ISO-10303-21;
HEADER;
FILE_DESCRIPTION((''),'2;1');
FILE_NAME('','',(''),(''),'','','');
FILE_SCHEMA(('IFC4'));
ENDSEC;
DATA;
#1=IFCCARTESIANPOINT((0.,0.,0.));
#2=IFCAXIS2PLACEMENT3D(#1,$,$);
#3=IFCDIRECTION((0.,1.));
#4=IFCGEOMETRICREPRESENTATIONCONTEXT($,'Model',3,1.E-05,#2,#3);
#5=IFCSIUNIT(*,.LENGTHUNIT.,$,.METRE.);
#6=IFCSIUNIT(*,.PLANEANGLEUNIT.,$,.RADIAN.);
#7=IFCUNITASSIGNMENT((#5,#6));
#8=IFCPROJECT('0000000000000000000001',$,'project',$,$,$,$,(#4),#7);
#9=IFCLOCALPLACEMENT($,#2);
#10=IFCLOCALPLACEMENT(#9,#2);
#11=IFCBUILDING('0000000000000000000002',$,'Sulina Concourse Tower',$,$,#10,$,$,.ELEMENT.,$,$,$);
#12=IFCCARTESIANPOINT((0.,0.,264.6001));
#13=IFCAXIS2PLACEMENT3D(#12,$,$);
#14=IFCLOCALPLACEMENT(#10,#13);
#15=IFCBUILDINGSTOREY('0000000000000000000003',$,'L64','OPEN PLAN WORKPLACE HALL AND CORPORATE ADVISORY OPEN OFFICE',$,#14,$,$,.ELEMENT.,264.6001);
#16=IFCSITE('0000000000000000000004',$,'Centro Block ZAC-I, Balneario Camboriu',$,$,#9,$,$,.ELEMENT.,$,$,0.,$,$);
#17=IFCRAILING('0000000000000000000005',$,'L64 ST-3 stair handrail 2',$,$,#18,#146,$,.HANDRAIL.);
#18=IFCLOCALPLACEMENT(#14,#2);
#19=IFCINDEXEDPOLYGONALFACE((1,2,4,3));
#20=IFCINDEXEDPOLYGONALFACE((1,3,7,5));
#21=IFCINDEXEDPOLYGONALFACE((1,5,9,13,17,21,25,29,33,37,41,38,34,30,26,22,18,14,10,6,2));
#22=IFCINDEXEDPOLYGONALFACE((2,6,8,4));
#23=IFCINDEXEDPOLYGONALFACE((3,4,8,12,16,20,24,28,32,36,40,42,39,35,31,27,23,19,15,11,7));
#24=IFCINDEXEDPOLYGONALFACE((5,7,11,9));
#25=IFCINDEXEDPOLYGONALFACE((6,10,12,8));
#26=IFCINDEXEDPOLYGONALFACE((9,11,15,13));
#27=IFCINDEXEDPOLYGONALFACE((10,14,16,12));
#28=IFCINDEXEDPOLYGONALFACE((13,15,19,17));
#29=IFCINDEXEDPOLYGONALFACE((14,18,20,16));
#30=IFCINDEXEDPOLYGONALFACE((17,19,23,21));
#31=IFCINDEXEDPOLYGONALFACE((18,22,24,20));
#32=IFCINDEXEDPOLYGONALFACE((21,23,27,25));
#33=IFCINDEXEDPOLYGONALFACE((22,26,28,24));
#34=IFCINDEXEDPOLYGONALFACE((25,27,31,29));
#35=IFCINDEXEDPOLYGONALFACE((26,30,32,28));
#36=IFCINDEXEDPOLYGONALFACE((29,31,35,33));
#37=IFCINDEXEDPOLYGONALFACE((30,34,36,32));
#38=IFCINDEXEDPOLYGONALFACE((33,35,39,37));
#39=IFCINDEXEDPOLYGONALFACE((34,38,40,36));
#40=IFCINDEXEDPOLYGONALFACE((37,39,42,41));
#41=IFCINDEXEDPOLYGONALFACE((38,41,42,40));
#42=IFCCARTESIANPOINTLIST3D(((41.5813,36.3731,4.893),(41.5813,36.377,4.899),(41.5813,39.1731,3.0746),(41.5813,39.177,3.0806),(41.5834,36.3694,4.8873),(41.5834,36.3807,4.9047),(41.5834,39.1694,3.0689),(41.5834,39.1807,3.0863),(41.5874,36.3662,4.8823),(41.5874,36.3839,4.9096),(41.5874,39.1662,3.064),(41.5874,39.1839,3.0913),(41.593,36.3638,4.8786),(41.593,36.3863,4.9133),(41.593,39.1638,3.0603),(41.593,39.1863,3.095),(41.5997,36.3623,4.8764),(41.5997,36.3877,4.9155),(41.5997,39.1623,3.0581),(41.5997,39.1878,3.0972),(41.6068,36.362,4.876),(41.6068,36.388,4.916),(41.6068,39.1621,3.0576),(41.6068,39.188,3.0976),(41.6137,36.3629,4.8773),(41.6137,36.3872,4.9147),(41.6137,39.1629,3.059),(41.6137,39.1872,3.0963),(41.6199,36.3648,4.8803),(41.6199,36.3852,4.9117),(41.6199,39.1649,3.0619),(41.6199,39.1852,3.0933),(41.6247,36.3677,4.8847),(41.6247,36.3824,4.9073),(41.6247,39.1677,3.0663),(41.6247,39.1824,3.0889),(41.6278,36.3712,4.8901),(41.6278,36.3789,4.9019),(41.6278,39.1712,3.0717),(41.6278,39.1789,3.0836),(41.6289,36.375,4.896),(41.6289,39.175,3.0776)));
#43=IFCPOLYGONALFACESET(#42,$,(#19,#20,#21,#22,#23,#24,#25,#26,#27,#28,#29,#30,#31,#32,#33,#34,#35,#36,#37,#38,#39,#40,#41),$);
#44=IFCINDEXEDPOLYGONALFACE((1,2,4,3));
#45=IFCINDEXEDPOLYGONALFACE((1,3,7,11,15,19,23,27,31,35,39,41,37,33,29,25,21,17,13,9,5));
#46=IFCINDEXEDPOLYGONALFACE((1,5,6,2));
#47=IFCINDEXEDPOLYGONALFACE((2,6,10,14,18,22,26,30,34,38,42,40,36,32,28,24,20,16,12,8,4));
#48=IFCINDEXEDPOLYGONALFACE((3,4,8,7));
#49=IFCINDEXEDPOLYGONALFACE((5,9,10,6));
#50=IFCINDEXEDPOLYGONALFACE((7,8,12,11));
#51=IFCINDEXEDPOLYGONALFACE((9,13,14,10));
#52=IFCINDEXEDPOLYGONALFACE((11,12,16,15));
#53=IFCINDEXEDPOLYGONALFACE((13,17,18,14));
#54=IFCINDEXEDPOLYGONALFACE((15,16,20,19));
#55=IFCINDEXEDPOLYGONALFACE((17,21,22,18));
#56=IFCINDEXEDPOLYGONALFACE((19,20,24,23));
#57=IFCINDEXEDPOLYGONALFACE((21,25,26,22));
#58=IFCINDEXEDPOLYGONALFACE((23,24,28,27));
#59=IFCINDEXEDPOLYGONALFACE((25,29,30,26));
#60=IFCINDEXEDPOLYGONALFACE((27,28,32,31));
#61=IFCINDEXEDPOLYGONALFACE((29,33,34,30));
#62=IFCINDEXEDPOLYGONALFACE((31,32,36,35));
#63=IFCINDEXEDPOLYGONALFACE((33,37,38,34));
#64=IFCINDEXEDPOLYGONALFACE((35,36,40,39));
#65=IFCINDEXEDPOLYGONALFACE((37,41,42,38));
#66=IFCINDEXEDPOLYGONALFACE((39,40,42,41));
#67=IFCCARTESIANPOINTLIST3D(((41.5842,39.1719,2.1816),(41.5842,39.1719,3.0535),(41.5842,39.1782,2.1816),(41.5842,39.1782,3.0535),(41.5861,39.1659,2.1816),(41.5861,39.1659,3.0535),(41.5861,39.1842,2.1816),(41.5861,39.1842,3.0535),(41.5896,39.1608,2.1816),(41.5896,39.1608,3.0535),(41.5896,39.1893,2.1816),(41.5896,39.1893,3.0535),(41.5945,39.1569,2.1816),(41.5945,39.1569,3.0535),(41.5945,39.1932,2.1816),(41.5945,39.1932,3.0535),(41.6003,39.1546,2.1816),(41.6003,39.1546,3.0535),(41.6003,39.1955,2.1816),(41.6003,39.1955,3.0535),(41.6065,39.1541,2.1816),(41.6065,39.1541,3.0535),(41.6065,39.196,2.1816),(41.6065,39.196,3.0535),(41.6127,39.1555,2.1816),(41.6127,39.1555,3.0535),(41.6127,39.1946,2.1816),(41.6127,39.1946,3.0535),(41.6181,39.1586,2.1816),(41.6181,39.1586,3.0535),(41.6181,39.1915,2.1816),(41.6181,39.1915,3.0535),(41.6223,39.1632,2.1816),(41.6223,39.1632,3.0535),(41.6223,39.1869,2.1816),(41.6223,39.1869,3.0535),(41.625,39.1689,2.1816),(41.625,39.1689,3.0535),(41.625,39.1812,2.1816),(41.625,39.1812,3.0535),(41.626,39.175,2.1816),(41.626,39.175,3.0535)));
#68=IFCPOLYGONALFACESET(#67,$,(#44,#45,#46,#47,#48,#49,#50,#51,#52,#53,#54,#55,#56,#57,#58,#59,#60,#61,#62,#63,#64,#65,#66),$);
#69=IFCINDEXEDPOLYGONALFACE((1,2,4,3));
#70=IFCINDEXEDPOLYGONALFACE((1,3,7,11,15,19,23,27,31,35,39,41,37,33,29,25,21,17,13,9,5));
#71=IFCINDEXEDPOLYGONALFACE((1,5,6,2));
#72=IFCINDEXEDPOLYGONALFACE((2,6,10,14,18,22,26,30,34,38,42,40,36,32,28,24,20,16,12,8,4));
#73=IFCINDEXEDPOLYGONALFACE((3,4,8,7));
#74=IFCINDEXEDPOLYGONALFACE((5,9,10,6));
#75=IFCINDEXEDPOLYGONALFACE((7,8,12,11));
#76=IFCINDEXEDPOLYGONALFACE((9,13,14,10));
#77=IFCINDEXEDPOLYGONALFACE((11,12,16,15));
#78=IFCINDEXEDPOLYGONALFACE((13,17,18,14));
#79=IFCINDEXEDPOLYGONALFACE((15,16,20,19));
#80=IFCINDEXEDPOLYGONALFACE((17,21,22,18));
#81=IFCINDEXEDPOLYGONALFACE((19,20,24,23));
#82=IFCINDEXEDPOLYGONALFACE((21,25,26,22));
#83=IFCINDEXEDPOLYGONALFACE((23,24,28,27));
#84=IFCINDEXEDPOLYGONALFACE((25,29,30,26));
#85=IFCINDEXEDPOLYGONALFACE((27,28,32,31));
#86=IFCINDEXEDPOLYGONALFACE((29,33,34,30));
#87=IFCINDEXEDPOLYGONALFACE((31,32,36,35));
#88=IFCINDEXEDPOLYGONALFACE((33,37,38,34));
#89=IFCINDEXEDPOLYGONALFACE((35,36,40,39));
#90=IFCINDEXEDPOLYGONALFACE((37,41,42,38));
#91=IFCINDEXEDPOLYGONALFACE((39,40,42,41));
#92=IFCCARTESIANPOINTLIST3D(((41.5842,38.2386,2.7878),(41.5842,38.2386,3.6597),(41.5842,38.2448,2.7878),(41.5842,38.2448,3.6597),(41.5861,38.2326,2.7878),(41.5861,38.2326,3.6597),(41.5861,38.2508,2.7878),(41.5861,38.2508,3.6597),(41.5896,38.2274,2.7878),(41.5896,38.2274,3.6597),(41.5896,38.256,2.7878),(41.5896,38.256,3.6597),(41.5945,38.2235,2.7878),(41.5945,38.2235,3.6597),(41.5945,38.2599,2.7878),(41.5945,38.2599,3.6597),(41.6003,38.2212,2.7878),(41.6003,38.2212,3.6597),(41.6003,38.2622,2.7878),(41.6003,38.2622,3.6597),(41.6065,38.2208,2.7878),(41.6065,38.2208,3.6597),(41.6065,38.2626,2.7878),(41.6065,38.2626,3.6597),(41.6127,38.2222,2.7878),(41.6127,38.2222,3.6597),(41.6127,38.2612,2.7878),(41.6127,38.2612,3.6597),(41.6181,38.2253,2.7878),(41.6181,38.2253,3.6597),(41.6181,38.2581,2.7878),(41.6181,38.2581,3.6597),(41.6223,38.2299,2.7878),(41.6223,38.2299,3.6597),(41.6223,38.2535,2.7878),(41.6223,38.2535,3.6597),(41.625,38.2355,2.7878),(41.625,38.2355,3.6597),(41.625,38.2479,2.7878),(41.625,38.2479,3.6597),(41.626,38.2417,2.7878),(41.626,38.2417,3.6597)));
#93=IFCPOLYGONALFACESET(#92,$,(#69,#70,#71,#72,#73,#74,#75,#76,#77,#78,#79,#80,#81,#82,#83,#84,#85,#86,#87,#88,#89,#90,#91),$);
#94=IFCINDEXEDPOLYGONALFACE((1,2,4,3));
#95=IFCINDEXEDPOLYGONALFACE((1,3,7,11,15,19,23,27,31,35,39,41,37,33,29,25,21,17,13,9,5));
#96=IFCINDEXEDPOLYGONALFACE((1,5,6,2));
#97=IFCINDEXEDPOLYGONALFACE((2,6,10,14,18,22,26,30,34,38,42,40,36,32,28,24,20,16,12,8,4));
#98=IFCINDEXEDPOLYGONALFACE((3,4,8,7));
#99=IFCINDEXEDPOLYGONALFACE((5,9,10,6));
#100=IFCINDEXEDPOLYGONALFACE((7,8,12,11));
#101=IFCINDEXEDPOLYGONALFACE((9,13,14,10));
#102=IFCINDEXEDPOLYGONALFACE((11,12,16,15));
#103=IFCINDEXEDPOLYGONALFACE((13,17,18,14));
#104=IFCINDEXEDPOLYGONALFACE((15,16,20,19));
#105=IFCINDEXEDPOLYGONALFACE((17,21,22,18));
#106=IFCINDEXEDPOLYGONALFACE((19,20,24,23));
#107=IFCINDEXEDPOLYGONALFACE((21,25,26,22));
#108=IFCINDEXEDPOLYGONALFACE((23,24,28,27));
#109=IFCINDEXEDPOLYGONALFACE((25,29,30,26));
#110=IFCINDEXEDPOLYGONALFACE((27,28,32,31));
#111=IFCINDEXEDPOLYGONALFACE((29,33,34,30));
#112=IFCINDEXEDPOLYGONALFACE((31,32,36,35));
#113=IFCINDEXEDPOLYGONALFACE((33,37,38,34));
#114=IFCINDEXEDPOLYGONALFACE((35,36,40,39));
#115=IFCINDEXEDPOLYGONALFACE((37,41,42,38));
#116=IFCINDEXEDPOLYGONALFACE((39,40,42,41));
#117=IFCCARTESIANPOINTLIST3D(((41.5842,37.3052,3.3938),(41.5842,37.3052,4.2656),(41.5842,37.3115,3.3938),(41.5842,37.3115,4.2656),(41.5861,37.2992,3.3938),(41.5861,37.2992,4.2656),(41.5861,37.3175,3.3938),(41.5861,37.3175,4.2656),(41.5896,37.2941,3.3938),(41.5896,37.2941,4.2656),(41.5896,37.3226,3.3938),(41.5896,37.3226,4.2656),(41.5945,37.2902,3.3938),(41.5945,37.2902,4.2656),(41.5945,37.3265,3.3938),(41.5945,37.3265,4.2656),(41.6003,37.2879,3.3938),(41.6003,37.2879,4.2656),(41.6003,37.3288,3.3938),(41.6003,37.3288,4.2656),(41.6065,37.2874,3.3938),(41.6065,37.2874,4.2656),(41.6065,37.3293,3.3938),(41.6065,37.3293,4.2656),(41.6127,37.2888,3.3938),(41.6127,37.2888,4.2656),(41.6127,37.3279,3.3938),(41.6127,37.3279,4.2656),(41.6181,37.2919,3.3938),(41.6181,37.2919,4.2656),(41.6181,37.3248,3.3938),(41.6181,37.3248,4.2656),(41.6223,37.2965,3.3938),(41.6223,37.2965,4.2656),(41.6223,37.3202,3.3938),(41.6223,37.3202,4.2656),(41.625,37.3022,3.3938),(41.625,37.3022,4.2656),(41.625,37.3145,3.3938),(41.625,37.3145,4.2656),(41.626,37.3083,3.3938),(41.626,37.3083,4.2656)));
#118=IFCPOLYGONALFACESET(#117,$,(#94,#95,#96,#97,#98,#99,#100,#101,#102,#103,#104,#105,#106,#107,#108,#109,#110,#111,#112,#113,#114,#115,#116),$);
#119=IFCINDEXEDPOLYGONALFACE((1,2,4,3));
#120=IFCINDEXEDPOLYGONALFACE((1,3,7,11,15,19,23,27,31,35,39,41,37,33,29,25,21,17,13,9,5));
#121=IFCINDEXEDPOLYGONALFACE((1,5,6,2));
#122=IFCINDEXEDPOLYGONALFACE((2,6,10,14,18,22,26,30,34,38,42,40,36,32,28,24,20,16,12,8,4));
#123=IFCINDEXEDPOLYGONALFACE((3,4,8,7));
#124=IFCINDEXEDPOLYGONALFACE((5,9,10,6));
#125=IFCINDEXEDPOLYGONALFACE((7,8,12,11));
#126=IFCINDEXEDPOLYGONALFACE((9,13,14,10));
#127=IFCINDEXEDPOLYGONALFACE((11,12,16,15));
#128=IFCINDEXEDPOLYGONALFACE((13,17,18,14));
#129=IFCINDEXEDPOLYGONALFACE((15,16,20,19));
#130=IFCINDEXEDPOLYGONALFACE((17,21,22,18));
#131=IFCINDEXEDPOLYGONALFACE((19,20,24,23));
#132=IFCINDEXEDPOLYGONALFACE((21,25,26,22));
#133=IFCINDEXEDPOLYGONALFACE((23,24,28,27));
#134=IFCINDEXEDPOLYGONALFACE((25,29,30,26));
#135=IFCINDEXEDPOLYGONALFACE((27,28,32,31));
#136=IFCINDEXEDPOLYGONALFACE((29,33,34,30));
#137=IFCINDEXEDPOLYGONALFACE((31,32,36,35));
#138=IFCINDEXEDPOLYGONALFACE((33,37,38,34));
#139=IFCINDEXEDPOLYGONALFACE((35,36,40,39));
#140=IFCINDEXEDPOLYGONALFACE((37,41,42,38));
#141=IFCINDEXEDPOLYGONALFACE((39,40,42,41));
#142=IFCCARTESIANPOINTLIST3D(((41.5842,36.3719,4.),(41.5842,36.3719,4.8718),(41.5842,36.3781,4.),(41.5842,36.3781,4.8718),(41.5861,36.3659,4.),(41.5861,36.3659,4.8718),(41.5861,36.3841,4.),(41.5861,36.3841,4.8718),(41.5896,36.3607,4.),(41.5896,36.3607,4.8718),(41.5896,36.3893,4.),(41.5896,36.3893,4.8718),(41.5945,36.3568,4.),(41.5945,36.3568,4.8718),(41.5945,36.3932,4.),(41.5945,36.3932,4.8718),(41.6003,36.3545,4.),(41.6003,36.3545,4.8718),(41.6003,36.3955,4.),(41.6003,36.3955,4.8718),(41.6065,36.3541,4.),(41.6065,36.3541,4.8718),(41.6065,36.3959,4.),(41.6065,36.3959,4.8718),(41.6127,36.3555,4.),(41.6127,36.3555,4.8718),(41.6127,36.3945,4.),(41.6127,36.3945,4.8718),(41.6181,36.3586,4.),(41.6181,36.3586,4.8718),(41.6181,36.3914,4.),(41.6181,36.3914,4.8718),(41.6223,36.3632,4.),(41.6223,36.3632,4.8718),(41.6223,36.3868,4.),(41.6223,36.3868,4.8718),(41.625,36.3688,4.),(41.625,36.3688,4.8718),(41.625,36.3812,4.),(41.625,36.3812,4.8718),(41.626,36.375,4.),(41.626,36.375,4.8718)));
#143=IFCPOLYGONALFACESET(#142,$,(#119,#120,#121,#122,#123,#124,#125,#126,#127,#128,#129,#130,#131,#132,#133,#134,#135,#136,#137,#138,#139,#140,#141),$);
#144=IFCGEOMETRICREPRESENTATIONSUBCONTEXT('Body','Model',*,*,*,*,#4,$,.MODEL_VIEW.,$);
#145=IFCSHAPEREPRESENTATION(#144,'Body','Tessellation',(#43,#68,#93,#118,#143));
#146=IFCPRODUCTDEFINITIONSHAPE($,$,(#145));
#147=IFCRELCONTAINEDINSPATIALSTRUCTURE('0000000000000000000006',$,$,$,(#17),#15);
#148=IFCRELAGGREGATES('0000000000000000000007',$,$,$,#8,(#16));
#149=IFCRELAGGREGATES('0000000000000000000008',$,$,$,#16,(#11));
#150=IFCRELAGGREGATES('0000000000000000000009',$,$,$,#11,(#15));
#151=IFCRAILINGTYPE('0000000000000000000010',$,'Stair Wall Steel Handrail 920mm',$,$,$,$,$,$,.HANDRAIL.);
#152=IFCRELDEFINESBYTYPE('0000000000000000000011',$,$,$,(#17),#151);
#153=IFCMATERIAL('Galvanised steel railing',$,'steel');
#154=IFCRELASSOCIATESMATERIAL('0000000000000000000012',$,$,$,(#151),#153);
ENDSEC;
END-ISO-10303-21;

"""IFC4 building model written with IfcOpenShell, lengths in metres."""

from ifc_helpers import new_model, si_unit, direction, frame, origin, origin_2d, place, context, subcontext, project, spatial, circle, extrude, material, type_object, element, save


model = new_model("IFC4")

# Units and contexts
model_context = context("Model", 3, precision=1e-05, world=origin(), true_north=direction((0.0, 1.0)))
body_context = subcontext(model_context, "Body", "Model", "MODEL_VIEW")
ifc_project = project(units=[si_unit("LENGTHUNIT", "METRE"), si_unit("PLANEANGLEUNIT", "RADIAN")], contexts=[model_context])

# Site, building, storey
site_placement = place(None, origin())
site = spatial("IfcSite", under=ifc_project, at=site_placement, Name="Centro Block ZAC-I, Balneario Camboriu", CompositionType="ELEMENT", RefElevation=0.0)
building_placement = place(site_placement, origin())
building = spatial("IfcBuilding", under=site, at=building_placement, Name="Sulina Concourse Tower", CompositionType="ELEMENT")
storey_placement = place(building_placement, frame((0.0, 0.0, 264.6001)))
storey = spatial("IfcBuildingStorey", under=building, at=storey_placement, Name="L64", Description="OPEN PLAN WORKPLACE HALL AND CORPORATE ADVISORY OPEN OFFICE", CompositionType="ELEMENT", Elevation=264.6001)

# Railing
ifc_material_1 = material(Name="Galvanised steel railing", Category="steel")
railing_type_1 = type_object("IfcRailingType", Name="Stair Wall Steel Handrail 920mm", PredefinedType="HANDRAIL", material=ifc_material_1)
railing_1_placement = place(storey_placement, frame((41.605, 39.175, 2.1816)))
element("IfcRailing", 1, at=railing_1_placement, inside=storey, type_object=railing_type_1, Name="L64 ST-3 stair handrail 2", PredefinedType="HANDRAIL", context=body_context, shape_type="SweptSolid", body=[
    extrude(circle(Radius=0.0239, at=origin_2d()), frame((0.0, 0.0, 0.896), z_axis=(0.0, -0.838672, 0.544636), x_axis=(1.0, 0.0, 0.0)), (0.0, 0.0, 1.0), 3.3386),
    extrude(circle(Radius=0.021, at=origin_2d()), origin(), (0.0, 0.0, 1.0), 0.8718),
    extrude(circle(Radius=0.021, at=origin_2d()), frame((0.0, -0.9333, 0.6062)), (0.0, 0.0, 1.0), 0.8718),
    extrude(circle(Radius=0.021, at=origin_2d()), frame((0.0, -1.8667, 1.2122)), (0.0, 0.0, 1.0), 0.8718),
    extrude(circle(Radius=0.021, at=origin_2d()), frame((0.0, -2.8, 1.8184)), (0.0, 0.0, 1.0), 0.8718),
])

save(model, "model.ifc")
